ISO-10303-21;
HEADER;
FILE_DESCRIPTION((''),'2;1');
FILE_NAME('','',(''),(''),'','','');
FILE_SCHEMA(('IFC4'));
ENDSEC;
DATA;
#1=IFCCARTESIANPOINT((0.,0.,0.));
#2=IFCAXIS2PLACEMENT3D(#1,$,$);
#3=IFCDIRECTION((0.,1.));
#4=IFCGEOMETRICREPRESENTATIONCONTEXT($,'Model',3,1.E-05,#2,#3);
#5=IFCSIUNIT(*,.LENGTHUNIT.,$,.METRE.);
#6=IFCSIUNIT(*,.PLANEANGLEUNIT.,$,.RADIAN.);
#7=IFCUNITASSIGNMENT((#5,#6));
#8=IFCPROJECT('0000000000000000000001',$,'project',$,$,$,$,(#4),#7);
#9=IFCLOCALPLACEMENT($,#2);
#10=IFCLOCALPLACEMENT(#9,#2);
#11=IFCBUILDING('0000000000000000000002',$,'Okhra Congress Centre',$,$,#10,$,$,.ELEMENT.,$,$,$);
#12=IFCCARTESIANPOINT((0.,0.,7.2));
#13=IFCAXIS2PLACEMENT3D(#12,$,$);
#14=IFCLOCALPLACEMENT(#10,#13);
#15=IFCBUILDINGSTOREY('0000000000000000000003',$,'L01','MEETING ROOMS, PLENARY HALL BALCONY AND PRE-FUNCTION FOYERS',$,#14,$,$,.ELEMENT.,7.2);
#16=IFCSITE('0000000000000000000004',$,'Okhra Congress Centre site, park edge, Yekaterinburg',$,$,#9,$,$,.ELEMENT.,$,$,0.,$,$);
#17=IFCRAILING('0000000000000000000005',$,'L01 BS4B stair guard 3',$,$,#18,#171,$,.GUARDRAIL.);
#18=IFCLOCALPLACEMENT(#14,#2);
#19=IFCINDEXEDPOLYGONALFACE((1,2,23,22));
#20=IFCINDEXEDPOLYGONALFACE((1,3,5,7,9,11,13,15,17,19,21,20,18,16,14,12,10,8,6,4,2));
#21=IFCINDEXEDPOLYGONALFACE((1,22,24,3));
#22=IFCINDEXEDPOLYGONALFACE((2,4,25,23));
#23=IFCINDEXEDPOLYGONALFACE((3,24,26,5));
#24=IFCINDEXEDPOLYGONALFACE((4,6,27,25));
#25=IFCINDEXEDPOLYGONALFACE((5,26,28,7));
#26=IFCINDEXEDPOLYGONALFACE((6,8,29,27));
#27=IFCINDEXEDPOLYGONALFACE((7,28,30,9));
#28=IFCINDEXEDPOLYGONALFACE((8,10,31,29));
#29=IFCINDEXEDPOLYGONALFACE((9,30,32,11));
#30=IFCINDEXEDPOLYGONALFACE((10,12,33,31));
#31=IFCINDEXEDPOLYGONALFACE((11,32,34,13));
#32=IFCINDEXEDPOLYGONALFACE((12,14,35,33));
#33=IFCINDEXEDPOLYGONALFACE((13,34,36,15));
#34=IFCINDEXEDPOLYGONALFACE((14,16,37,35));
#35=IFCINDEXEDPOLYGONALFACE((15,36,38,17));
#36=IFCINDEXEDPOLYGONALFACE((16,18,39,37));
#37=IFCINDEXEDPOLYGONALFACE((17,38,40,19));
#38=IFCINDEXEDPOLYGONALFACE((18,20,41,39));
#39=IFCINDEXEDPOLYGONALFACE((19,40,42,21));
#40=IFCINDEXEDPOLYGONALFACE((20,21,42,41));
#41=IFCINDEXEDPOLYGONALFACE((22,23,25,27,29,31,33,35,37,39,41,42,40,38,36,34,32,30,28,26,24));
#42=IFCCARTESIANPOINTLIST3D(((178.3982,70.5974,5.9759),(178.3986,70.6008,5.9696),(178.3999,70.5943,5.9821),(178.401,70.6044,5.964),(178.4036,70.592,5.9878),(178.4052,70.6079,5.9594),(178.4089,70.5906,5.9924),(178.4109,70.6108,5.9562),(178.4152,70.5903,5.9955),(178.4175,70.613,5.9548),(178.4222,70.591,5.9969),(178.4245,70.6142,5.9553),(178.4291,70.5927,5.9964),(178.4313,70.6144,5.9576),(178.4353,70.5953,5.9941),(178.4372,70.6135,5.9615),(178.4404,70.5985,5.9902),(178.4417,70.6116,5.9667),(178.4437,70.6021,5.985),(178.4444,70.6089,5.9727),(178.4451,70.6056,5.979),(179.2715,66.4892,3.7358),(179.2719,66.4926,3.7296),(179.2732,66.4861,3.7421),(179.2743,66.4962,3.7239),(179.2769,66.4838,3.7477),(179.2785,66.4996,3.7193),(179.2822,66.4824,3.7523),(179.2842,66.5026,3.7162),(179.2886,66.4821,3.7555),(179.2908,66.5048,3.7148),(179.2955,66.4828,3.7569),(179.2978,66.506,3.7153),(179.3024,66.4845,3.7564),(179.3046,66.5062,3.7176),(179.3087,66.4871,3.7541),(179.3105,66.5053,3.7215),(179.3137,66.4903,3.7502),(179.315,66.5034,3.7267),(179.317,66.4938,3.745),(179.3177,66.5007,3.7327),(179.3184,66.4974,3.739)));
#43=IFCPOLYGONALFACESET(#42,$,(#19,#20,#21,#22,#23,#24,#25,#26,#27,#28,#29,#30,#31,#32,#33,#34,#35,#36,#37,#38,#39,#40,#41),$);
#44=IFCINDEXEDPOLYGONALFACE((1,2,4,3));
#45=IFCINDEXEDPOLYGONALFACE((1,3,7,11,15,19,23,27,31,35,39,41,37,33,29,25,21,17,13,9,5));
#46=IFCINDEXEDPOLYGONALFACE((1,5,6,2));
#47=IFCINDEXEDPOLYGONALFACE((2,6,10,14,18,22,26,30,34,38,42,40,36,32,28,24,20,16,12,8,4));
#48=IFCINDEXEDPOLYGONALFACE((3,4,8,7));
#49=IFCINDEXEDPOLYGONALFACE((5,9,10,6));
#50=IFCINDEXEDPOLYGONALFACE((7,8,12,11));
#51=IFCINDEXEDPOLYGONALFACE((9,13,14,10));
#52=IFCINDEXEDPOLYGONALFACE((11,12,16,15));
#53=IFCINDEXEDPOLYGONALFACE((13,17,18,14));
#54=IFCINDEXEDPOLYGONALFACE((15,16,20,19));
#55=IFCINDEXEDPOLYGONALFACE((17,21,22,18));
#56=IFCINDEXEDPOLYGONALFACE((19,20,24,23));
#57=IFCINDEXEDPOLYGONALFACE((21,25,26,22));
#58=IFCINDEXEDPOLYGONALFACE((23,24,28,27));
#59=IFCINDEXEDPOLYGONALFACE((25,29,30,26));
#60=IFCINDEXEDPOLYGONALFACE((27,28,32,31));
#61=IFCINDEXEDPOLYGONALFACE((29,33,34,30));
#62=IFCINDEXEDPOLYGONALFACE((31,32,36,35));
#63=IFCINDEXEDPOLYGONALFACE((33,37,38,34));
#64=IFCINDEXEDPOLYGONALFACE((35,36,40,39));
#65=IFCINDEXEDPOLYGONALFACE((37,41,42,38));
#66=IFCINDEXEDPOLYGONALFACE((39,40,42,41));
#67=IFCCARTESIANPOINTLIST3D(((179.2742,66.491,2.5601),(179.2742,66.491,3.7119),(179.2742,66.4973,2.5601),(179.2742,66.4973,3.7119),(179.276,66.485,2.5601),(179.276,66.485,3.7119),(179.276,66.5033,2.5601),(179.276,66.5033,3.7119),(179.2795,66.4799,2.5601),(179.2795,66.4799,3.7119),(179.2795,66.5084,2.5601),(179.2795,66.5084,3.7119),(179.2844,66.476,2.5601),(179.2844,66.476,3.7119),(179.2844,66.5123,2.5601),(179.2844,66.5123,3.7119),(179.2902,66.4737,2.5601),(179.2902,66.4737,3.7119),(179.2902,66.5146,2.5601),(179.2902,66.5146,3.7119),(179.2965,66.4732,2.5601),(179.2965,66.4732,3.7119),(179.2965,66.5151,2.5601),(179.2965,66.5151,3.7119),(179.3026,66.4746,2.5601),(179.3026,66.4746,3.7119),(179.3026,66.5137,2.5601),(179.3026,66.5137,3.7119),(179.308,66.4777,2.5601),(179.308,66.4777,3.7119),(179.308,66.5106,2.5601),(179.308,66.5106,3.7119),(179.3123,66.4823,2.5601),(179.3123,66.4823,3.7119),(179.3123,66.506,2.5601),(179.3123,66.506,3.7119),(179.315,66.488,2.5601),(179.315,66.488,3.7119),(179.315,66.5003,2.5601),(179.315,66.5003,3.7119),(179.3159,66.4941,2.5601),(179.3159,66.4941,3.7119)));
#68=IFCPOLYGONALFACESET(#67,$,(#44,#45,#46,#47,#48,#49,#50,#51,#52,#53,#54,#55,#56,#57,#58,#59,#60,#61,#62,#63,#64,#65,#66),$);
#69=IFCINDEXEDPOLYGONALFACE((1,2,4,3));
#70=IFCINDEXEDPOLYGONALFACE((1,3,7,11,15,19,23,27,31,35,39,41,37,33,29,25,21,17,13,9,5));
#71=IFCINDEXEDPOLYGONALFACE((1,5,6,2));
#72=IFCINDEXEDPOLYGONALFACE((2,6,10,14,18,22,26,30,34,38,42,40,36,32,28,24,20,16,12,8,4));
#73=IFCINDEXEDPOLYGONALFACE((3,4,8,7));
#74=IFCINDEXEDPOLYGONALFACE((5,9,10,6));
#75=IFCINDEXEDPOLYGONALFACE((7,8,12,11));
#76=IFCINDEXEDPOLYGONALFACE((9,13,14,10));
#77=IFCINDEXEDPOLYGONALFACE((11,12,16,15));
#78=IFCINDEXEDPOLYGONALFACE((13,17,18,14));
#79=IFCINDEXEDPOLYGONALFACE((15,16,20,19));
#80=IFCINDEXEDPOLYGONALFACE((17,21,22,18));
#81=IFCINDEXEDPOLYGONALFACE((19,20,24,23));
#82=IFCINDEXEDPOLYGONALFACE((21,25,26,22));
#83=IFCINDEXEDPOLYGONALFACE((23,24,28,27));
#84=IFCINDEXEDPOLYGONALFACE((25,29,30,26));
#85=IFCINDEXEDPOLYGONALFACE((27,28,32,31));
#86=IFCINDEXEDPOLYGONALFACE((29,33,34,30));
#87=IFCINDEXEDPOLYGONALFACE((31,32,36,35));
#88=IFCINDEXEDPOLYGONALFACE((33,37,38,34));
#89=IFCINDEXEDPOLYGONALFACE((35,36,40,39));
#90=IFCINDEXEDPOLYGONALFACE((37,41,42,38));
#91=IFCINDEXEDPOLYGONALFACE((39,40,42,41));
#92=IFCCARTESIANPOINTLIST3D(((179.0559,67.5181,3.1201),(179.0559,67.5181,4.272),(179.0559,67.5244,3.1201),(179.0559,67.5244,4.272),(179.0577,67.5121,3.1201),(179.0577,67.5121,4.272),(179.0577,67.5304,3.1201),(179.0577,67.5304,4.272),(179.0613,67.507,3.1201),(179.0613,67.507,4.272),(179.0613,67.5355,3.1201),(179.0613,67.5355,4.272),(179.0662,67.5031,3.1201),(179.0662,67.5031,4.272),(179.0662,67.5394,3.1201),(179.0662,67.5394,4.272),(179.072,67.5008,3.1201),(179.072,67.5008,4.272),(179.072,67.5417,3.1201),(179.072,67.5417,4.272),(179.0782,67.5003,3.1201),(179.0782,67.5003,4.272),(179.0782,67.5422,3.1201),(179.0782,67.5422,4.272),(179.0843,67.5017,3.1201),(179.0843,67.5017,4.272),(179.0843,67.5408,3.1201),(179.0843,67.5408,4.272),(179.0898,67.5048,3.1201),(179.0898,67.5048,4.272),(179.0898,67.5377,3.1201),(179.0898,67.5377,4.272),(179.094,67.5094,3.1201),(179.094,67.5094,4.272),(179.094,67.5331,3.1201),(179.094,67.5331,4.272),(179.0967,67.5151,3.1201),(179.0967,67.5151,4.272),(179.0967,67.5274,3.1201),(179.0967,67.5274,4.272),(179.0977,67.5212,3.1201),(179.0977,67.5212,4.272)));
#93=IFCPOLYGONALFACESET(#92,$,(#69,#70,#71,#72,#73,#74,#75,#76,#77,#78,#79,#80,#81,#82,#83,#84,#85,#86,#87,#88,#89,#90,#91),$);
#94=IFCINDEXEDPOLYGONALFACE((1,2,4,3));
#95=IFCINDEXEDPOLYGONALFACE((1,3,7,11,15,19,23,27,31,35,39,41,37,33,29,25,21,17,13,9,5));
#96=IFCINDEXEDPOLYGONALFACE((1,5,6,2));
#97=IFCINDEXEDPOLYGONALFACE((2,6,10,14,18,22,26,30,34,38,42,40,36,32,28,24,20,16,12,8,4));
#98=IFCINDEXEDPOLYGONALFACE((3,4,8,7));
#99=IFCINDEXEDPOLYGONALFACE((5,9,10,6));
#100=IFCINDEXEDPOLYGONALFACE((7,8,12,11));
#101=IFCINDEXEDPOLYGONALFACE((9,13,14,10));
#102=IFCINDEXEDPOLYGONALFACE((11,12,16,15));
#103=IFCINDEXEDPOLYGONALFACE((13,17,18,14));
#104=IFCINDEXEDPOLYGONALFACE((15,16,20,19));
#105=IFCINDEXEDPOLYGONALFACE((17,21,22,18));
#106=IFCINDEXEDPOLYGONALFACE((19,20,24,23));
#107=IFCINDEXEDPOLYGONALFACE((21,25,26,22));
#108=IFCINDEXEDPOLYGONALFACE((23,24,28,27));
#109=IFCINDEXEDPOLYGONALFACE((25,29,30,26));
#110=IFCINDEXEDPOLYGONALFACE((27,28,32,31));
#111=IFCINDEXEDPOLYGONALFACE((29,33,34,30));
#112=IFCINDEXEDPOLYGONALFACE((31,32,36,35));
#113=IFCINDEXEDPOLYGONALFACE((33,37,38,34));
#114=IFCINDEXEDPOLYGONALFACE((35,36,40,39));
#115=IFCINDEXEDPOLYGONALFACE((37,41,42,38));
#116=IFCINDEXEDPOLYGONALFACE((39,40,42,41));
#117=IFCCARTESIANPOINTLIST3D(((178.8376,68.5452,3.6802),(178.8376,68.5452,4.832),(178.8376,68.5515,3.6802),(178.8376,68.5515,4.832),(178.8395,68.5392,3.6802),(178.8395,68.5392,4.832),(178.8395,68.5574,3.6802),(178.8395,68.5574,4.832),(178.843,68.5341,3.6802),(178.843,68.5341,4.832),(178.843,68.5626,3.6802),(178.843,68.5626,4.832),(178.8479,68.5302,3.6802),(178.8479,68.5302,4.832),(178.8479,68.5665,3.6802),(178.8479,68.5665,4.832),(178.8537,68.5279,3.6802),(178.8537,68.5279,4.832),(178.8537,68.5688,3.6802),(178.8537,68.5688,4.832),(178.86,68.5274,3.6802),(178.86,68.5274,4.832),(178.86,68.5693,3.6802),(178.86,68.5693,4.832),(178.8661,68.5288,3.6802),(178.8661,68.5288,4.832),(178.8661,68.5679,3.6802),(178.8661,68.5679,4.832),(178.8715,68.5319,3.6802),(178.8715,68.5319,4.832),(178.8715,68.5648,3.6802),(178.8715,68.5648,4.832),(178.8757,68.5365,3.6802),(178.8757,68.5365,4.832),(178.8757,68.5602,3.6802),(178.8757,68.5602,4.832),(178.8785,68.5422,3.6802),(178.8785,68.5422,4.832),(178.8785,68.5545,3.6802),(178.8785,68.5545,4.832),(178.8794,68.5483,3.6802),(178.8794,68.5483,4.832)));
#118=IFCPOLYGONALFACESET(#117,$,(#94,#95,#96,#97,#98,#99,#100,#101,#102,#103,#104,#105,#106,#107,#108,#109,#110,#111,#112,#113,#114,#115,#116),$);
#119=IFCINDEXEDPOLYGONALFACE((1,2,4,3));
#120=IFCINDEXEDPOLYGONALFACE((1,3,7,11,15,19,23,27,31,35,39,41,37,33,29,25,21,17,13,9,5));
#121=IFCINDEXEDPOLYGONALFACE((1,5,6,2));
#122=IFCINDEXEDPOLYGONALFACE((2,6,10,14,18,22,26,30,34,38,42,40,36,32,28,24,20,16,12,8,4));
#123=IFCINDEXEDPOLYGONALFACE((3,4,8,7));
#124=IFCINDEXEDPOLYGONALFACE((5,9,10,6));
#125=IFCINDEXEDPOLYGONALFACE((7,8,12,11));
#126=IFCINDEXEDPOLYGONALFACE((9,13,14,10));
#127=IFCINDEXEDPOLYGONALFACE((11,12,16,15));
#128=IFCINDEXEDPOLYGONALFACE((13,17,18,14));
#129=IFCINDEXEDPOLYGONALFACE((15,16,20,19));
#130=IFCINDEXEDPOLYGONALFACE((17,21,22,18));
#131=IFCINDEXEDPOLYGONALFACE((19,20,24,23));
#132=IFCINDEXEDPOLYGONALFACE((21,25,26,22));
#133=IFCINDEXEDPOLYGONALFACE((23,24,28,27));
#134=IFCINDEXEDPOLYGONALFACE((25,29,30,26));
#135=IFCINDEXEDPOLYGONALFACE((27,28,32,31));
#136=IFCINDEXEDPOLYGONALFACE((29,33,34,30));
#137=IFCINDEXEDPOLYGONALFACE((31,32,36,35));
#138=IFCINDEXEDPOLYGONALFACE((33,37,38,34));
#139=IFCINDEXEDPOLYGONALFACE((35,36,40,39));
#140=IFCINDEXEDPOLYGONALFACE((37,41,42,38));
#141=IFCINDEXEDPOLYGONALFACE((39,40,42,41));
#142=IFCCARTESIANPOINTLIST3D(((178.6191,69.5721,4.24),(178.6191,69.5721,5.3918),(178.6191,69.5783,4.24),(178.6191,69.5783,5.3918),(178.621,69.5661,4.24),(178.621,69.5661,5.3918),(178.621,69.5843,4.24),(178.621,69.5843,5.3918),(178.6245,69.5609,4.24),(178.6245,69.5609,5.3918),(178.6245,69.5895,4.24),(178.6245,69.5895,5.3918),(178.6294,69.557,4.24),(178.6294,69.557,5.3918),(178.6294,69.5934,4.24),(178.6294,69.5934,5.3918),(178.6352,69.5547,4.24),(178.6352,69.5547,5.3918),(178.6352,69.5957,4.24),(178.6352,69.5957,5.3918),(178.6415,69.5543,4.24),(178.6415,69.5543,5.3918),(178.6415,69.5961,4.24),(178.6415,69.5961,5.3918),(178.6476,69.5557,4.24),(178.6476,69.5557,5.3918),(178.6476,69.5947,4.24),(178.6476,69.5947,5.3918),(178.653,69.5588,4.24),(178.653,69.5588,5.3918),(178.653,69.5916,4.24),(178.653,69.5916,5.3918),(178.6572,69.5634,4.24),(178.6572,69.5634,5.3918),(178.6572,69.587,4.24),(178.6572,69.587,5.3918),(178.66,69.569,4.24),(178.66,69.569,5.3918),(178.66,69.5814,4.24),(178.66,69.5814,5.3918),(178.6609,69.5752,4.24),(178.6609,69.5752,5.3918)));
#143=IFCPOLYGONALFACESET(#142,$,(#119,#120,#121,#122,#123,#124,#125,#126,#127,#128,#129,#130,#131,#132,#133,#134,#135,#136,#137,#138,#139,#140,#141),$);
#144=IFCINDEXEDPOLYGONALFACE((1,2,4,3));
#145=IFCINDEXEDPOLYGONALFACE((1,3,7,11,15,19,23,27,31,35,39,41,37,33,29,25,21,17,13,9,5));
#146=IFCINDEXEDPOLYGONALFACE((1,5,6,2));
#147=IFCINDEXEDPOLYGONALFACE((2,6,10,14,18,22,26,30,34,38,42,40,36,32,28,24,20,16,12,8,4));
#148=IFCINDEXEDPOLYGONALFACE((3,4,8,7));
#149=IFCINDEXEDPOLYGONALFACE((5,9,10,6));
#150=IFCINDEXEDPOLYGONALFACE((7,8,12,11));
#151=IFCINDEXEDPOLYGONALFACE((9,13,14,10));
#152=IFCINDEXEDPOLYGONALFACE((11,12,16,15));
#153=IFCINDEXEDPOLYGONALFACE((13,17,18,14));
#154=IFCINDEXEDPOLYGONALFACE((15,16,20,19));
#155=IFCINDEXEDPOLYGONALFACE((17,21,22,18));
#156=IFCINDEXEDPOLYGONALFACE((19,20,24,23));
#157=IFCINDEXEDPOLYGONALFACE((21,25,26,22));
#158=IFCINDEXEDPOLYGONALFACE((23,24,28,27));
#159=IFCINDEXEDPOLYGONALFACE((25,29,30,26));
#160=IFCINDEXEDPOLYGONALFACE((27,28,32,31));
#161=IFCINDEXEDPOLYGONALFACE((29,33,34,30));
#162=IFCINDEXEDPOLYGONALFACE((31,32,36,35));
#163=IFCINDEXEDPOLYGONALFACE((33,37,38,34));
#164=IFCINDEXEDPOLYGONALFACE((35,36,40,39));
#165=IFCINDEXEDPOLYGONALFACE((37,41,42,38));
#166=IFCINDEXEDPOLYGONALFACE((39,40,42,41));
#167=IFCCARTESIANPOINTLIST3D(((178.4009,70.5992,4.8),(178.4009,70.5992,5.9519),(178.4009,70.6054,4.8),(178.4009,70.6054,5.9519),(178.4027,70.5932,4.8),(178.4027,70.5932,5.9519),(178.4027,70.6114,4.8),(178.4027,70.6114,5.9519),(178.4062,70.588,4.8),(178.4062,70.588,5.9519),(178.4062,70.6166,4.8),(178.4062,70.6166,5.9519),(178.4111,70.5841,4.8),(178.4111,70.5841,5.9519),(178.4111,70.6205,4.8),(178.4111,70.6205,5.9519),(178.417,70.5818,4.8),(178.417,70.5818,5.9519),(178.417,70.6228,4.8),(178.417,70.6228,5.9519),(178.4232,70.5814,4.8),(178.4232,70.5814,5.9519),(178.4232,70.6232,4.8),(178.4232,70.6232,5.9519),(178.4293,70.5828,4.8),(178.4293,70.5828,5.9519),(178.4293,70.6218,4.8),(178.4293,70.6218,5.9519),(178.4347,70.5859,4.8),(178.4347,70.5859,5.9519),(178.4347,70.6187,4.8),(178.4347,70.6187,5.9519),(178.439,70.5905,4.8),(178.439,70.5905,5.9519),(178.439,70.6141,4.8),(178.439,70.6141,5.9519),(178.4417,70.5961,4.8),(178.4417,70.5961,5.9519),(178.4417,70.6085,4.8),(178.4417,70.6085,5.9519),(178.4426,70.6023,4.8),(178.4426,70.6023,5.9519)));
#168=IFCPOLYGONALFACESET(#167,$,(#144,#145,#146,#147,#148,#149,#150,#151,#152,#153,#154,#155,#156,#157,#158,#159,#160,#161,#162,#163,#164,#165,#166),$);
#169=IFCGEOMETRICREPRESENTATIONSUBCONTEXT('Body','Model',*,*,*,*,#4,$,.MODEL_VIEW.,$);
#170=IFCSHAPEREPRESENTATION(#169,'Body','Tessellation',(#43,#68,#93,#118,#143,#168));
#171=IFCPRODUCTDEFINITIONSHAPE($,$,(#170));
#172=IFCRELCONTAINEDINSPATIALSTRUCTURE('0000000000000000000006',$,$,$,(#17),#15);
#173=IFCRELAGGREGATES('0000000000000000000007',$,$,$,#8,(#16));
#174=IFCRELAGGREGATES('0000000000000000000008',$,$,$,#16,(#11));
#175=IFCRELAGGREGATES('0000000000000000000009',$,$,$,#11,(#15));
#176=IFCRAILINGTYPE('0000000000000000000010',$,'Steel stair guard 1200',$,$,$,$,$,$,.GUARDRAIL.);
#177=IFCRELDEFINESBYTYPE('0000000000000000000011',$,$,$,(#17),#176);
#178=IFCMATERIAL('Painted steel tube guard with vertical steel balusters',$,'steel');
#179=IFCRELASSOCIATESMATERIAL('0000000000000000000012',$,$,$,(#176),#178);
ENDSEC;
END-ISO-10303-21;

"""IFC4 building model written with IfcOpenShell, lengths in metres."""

from ifc_helpers import new_model, si_unit, direction, frame, origin, origin_2d, place, context, subcontext, project, spatial, circle, extrude, material, type_object, element, save


model = new_model("IFC4")

# Units and contexts
model_context = context("Model", 3, precision=1e-05, world=origin(), true_north=direction((0.0, 1.0)))
body_context = subcontext(model_context, "Body", "Model", "MODEL_VIEW")
ifc_project = project(units=[si_unit("LENGTHUNIT", "METRE"), si_unit("PLANEANGLEUNIT", "RADIAN")], contexts=[model_context])

# Site, building, storey
site_placement = place(None, origin())
site = spatial("IfcSite", under=ifc_project, at=site_placement, Name="Okhra Congress Centre site, park edge, Yekaterinburg", CompositionType="ELEMENT", RefElevation=0.0)
building_placement = place(site_placement, origin())
building = spatial("IfcBuilding", under=site, at=building_placement, Name="Okhra Congress Centre", CompositionType="ELEMENT")
storey_placement = place(building_placement, frame((0.0, 0.0, 7.2)))
storey = spatial("IfcBuildingStorey", under=building, at=storey_placement, Name="L01", Description="MEETING ROOMS, PLENARY HALL BALCONY AND PRE-FUNCTION FOYERS", CompositionType="ELEMENT", Elevation=7.2)

# Railing
ifc_material_1 = material(Name="Painted steel tube guard with vertical steel balusters", Category="steel")
railing_type_1 = type_object("IfcRailingType", Name="Steel stair guard 1200", PredefinedType="GUARDRAIL", material=ifc_material_1)
railing_1_placement = place(storey_placement, frame((179.2949, 66.4941, 2.5601)))
element("IfcRailing", 1, at=railing_1_placement, inside=storey, type_object=railing_type_1, Name="L01 BS4B stair guard 3", PredefinedType="GUARDRAIL", context=body_context, shape_type="SweptSolid", body=[
    extrude(circle(Radius=0.0239, at=origin_2d()), frame((0.0, 0.0, 1.1758), z_axis=(-0.183466, 0.863067, 0.470591), x_axis=(-0.978144, -0.207929, 0.0)), (0.0, 0.0, 1.0), 4.76),
    extrude(circle(Radius=0.021, at=origin_2d()), origin(), (0.0, 0.0, 1.0), 1.1519),
    extrude(circle(Radius=0.021, at=origin_2d()), frame((-0.2183, 1.0271, 0.5601)), (0.0, 0.0, 1.0), 1.1519),
    extrude(circle(Radius=0.021, at=origin_2d()), frame((-0.4365, 2.0542, 1.1201)), (0.0, 0.0, 1.0), 1.1519),
    extrude(circle(Radius=0.021, at=origin_2d()), frame((-0.655, 3.0811, 1.6799)), (0.0, 0.0, 1.0), 1.1519),
    extrude(circle(Radius=0.021, at=origin_2d()), frame((-0.8733, 4.1082, 2.24)), (0.0, 0.0, 1.0), 1.1519),
])

save(model, "model.ifc")
